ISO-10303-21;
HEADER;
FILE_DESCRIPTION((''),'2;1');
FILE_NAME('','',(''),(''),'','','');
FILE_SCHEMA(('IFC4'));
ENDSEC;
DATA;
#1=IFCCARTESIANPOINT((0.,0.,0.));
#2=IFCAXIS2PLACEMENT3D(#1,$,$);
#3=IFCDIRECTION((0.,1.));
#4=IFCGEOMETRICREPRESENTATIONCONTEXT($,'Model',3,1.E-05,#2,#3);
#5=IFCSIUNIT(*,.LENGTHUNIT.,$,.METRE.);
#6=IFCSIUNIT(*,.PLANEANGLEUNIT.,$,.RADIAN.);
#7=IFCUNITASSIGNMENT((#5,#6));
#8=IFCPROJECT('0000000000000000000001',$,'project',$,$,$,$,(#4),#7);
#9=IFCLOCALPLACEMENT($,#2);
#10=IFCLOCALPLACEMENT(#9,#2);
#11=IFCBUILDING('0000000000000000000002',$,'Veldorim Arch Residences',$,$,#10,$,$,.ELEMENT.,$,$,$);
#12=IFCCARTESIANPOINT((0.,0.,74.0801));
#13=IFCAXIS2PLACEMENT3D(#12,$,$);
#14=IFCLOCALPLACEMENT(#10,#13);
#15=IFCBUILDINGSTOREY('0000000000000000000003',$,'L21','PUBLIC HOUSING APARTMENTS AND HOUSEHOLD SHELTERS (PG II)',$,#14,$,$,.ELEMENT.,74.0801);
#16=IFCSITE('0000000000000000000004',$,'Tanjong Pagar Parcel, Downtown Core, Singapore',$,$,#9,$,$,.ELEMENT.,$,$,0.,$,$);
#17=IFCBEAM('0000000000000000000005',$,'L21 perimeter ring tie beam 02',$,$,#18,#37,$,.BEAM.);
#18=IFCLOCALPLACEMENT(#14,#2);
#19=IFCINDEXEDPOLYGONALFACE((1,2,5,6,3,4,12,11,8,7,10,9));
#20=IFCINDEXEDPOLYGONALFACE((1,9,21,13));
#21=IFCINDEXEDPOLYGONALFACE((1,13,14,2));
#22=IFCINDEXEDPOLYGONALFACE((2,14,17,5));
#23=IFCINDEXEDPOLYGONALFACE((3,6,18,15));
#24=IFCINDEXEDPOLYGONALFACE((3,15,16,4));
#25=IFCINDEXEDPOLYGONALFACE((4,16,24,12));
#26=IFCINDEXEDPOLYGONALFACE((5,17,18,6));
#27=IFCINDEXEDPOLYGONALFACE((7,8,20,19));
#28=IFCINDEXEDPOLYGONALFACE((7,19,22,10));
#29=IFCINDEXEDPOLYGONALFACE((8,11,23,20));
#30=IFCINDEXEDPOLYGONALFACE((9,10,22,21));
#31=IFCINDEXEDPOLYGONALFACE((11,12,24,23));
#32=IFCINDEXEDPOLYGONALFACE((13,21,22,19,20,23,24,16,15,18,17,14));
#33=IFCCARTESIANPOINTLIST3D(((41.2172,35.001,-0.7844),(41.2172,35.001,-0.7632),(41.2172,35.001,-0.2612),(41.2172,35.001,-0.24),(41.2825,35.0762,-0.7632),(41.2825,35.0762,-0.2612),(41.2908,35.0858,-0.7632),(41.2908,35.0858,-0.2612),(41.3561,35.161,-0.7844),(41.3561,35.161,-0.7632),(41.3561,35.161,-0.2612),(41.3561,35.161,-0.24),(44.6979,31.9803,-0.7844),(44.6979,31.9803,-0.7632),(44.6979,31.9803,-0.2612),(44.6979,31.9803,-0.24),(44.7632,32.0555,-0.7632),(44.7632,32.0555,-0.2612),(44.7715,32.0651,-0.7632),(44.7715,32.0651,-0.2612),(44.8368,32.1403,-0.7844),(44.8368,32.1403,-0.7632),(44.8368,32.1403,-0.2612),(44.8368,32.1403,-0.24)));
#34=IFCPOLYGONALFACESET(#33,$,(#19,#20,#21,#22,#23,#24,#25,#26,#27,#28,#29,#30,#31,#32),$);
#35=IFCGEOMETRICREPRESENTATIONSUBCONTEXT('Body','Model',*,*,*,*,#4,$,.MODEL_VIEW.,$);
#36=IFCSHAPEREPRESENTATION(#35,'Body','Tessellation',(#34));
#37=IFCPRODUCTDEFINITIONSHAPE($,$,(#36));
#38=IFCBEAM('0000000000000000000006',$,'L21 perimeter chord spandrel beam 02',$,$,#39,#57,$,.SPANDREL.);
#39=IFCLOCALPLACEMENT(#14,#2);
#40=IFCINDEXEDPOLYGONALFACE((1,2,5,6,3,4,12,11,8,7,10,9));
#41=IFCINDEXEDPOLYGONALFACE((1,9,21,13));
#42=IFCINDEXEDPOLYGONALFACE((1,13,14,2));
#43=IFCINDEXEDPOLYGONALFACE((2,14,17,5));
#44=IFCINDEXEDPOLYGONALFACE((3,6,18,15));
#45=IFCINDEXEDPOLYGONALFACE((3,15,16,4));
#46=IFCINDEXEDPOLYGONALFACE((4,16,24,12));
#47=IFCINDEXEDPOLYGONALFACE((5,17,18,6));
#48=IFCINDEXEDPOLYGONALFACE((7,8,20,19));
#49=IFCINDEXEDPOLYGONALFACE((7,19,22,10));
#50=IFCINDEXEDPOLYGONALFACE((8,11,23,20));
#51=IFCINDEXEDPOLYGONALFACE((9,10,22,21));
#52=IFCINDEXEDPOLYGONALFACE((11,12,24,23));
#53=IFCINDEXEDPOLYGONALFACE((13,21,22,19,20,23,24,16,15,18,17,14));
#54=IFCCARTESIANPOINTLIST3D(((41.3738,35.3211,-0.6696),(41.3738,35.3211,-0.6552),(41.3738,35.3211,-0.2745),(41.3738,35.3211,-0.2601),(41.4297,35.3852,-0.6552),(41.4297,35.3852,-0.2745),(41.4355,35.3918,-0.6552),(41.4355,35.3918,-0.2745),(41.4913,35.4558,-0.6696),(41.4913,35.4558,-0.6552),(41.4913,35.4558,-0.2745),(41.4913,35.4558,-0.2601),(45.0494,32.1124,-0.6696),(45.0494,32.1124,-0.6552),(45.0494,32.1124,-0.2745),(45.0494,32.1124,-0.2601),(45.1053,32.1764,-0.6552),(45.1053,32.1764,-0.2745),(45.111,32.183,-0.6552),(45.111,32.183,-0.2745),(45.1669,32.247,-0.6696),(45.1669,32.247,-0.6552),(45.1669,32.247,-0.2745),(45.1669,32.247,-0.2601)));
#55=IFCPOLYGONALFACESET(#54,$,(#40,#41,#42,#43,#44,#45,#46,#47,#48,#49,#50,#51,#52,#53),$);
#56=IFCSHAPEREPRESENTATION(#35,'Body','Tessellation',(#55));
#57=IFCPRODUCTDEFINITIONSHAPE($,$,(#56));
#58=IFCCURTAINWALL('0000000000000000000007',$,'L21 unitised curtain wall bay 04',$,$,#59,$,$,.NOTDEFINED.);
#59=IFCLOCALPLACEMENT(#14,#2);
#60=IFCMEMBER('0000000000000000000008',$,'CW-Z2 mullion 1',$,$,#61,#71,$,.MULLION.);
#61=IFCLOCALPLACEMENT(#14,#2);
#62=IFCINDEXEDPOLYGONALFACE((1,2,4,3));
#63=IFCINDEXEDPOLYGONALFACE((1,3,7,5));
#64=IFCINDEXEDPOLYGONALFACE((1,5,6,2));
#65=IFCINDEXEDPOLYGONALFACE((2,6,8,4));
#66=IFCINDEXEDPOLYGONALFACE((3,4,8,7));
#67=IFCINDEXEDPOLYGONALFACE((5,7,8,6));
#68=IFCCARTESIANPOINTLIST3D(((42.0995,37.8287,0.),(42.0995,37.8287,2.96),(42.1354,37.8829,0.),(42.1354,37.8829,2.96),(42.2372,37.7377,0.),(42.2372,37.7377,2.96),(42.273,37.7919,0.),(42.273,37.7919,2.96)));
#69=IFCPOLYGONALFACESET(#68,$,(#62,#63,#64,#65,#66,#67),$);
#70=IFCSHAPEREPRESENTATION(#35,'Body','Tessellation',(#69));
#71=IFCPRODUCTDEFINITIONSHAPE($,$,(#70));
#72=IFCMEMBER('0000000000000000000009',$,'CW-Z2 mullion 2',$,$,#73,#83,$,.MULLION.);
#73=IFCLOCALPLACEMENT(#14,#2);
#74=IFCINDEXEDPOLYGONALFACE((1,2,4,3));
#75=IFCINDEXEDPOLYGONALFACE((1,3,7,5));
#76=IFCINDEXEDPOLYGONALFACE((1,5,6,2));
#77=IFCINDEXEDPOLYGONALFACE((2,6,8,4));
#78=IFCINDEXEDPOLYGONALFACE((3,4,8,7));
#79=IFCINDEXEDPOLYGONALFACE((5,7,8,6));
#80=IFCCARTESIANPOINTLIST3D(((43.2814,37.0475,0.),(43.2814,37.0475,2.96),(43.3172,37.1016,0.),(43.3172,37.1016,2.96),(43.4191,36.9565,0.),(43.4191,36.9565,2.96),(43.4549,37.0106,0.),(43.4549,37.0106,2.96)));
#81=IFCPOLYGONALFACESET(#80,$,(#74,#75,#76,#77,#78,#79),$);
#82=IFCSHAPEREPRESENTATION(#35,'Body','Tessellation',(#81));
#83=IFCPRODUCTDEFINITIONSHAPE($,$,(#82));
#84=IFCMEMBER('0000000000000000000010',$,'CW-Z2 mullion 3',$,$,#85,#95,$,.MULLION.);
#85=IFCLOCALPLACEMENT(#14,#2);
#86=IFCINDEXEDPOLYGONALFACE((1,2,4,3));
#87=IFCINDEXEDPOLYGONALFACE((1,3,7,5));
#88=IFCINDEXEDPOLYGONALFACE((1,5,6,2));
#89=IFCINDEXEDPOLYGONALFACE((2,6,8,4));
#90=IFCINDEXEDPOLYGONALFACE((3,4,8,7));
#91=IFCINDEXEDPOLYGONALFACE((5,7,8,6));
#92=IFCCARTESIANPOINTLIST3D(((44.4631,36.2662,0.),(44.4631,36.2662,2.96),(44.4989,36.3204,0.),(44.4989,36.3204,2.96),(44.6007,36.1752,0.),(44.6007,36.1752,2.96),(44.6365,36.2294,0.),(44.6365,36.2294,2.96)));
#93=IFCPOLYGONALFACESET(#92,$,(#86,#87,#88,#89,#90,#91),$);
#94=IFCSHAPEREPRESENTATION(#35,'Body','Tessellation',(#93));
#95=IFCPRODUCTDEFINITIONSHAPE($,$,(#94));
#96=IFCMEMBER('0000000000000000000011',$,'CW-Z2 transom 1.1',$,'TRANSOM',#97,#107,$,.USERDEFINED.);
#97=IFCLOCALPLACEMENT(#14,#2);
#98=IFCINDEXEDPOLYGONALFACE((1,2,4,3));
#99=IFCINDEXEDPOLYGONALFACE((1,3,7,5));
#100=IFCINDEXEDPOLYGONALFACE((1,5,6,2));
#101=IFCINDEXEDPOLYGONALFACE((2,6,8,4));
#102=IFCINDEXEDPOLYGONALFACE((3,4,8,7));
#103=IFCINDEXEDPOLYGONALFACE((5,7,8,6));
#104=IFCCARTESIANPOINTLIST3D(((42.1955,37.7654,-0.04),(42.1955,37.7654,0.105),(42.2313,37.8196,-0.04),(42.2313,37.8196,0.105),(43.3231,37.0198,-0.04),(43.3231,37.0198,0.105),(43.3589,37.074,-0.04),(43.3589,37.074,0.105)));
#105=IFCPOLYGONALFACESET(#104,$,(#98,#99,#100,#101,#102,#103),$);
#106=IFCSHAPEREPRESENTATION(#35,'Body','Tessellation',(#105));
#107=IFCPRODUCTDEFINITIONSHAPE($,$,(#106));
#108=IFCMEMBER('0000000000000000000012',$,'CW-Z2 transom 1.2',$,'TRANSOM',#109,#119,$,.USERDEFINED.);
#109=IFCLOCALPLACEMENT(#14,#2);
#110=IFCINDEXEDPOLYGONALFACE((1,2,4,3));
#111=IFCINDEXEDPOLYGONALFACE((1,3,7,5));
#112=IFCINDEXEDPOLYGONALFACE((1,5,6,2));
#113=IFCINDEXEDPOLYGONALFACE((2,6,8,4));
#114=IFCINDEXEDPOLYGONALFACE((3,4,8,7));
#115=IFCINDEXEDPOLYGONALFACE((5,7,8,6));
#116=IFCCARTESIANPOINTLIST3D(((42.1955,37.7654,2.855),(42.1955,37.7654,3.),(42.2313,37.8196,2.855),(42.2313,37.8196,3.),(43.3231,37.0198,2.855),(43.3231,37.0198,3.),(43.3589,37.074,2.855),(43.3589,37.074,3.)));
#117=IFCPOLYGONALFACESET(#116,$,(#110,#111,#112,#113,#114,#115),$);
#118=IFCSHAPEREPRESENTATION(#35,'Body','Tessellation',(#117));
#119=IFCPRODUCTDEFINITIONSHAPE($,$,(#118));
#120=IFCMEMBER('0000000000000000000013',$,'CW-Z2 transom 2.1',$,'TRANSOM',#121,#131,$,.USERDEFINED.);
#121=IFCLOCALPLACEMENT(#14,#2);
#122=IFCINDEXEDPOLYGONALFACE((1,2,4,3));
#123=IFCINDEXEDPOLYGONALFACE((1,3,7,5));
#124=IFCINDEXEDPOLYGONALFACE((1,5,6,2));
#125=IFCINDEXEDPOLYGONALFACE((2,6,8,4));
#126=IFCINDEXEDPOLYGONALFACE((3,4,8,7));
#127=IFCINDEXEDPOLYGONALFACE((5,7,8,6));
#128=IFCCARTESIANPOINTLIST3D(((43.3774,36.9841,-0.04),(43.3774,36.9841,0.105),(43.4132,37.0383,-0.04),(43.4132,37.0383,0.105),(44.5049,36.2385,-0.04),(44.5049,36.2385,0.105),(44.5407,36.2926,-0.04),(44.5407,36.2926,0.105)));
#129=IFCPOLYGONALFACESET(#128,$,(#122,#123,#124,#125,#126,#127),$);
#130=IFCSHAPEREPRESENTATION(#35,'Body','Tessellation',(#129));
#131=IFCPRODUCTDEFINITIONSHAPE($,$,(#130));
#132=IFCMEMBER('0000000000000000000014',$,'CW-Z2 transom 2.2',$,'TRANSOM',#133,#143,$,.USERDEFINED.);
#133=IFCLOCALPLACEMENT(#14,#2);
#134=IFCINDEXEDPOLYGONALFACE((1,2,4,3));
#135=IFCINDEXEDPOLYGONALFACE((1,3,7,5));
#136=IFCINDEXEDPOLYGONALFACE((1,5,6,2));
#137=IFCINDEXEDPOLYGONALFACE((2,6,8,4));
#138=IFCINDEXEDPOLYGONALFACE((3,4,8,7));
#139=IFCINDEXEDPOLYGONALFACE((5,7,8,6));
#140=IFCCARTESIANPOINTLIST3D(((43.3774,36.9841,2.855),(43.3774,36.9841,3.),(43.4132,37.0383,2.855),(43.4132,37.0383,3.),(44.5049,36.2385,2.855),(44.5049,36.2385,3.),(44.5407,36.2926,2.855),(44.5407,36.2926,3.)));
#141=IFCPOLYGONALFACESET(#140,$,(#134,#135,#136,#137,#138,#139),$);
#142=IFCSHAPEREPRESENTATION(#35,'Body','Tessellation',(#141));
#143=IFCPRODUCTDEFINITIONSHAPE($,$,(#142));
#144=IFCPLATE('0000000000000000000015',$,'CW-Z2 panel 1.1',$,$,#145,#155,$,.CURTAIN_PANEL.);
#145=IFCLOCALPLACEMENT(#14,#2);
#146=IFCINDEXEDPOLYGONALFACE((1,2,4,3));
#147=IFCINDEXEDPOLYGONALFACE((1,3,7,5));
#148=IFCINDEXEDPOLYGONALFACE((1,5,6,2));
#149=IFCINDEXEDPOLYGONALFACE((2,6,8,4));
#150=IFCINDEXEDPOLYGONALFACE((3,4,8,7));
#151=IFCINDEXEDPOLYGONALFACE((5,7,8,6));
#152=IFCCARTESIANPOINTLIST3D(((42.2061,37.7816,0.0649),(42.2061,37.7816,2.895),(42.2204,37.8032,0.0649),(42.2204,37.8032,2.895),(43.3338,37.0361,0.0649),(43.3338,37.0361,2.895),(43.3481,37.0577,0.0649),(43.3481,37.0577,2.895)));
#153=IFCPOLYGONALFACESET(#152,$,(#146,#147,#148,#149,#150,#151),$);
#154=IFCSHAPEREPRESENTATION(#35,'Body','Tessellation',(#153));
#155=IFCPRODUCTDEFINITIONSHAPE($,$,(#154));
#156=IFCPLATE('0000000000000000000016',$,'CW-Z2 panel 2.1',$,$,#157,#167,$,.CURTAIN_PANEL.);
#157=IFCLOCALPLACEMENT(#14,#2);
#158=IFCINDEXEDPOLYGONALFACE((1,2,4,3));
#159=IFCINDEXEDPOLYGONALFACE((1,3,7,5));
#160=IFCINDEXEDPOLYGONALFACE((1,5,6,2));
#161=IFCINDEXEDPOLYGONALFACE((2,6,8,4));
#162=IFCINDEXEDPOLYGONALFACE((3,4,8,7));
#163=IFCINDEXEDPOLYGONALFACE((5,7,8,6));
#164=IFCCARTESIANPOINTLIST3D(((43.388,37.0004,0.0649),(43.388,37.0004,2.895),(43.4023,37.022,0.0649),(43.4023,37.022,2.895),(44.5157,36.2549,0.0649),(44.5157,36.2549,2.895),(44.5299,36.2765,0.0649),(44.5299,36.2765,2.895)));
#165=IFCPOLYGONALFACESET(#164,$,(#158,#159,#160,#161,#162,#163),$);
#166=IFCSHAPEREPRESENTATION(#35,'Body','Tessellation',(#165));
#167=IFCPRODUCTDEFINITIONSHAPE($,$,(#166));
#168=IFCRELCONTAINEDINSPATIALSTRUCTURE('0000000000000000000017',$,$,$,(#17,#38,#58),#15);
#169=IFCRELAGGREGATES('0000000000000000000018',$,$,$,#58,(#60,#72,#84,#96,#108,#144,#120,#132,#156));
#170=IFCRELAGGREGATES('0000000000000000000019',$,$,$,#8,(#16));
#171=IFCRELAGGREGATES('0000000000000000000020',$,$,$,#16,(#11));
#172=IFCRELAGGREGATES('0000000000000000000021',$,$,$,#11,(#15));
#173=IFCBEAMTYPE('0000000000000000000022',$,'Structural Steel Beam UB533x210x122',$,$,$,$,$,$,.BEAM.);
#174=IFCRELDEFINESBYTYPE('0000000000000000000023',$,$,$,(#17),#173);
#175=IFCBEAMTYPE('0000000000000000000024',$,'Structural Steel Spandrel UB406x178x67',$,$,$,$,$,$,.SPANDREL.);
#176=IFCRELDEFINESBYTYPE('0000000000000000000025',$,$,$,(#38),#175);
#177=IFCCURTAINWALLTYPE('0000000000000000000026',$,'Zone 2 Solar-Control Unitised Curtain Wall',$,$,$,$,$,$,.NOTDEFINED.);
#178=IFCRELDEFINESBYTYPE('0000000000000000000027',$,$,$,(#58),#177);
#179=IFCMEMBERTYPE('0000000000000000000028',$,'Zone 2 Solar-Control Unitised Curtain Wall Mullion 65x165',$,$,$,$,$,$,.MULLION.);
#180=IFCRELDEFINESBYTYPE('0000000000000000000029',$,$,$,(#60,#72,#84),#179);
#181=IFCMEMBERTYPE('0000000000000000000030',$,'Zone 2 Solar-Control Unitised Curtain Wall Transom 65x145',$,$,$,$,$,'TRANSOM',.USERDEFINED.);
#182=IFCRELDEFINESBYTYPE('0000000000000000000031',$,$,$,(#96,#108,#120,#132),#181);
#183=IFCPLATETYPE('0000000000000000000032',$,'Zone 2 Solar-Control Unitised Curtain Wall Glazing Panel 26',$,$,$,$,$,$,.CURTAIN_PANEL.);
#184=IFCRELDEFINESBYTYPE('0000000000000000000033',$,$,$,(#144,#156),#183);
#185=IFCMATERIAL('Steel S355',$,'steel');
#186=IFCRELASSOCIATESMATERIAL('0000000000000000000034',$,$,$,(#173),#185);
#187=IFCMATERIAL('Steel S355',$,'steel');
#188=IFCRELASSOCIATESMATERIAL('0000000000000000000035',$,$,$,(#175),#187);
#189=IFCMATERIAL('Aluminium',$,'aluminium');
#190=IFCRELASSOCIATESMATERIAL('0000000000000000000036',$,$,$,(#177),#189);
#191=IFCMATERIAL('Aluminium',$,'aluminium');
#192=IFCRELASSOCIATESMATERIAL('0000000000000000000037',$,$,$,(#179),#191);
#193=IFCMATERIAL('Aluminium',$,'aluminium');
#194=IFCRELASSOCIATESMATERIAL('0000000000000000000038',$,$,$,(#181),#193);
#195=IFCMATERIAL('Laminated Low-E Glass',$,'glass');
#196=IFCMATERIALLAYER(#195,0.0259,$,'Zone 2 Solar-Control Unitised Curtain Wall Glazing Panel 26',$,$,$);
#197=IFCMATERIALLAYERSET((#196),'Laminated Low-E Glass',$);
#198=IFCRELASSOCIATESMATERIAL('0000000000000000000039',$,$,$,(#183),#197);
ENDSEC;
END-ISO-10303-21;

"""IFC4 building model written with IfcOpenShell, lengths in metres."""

from ifc_helpers import new_model, si_unit, direction, frame, origin, origin_2d, place, context, subcontext, project, spatial, rectangle, i_section, extrude, material, layer, layer_set, material_profile, profile_set, type_object, element, aggregate, save


model = new_model("IFC4")

# Units and contexts
model_context = context("Model", 3, precision=1e-05, world=origin(), true_north=direction((0.0, 1.0)))
body_context = subcontext(model_context, "Body", "Model", "MODEL_VIEW")
ifc_project = project(units=[si_unit("LENGTHUNIT", "METRE"), si_unit("PLANEANGLEUNIT", "RADIAN")], contexts=[model_context])

# Site, building, storey
site_placement = place(None, origin())
site = spatial("IfcSite", under=ifc_project, at=site_placement, Name="Tanjong Pagar Parcel, Downtown Core, Singapore", CompositionType="ELEMENT", RefElevation=0.0)
building_placement = place(site_placement, origin())
building = spatial("IfcBuilding", under=site, at=building_placement, Name="Veldorim Arch Residences", CompositionType="ELEMENT")
storey_placement = place(building_placement, frame((0.0, 0.0, 74.0801)))
storey = spatial("IfcBuildingStorey", under=building, at=storey_placement, Name="L21", Description="PUBLIC HOUSING APARTMENTS AND HOUSEHOLD SHELTERS (PG II)", CompositionType="ELEMENT", Elevation=74.0801)

# Beams
ifc_material_1 = material(Name="Steel S355", Category="steel")
ifc_material_profile_1 = material_profile(ifc_material_1, i_section(OverallWidth=0.2119, OverallDepth=0.5444, WebThickness=0.0127, FlangeThickness=0.0212, at=origin_2d()), Name="UB533x210x122")
ifc_profile_set_1 = profile_set([ifc_material_profile_1], Name="Steel S355")
beam_type_1 = type_object("IfcBeamType", Name="Structural Steel Beam UB533x210x122", PredefinedType="BEAM", material=ifc_profile_set_1)
beam_1_placement = place(storey_placement, frame((44.7673, 32.0603, -0.5122), z_axis=(-0.755245, 0.655443, 0.0), x_axis=(-0.655443, -0.755245, 0.0)))
element("IfcBeam", 1, at=beam_1_placement, inside=storey, type_object=beam_type_1, Name="L21 perimeter ring tie beam 02", PredefinedType="BEAM", context=body_context, shape_type="SweptSolid", body=[
    extrude(i_section(OverallWidth=0.2119, OverallDepth=0.5444, WebThickness=0.0127, FlangeThickness=0.0212, at=origin_2d()), origin(), (0.0, 0.0, 1.0), 4.6086),
])
ifc_material_2 = material(Name="Steel S355", Category="steel")
ifc_material_profile_2 = material_profile(ifc_material_2, i_section(OverallWidth=0.1787, OverallDepth=0.4094, WebThickness=0.0088, FlangeThickness=0.0144, at=origin_2d()), Name="UB406x178x67")
ifc_profile_set_2 = profile_set([ifc_material_profile_2], Name="Steel S355")
beam_type_2 = type_object("IfcBeamType", Name="Structural Steel Spandrel UB406x178x67", PredefinedType="SPANDREL", material=ifc_profile_set_2)
beam_2_placement = place(storey_placement, frame((45.1082, 32.1797, -0.4648), z_axis=(-0.753323, 0.65765, 0.0), x_axis=(-0.65765, -0.753323, 0.0)))
element("IfcBeam", 2, at=beam_2_placement, inside=storey, type_object=beam_type_2, Name="L21 perimeter chord spandrel beam 02", PredefinedType="SPANDREL", context=body_context, shape_type="SweptSolid", body=[
    extrude(i_section(OverallWidth=0.1787, OverallDepth=0.4094, WebThickness=0.0088, FlangeThickness=0.0144, at=origin_2d()), origin(), (0.0, 0.0, 1.0), 4.8792),
])

# Curtain wall, members, plates
ifc_material_3 = material(Name="Aluminium", Category="aluminium")
curtain_wall_type = type_object("IfcCurtainWallType", Name="Zone 2 Solar-Control Unitised Curtain Wall", PredefinedType="NOTDEFINED", material=ifc_material_3)
curtain_wall_placement = place(storey_placement, origin())
curtain_wall = element("IfcCurtainWall", 3, at=curtain_wall_placement, inside=storey, type_object=curtain_wall_type, Name="L21 unitised curtain wall bay 04", PredefinedType="NOTDEFINED")
ifc_material_4 = material(Name="Aluminium", Category="aluminium")
ifc_material_profile_3 = material_profile(ifc_material_4, rectangle(XDim=0.0649, YDim=0.165, at=origin_2d()), Name="ALU_MUL_65x165")
ifc_profile_set_3 = profile_set([ifc_material_profile_3], Name="Aluminium")
member_type_1 = type_object("IfcMemberType", Name="Zone 2 Solar-Control Unitised Curtain Wall Mullion 65x165", PredefinedType="MULLION", material=ifc_profile_set_3)
member_1_placement = place(storey_placement, frame((42.1863, 37.8103, 0.0), z_axis=(0.0, 0.0, 1.0), x_axis=(0.551503, 0.834173, 0.0)))
member_1 = element("IfcMember", 4, at=member_1_placement, type_object=member_type_1, Name="CW-Z2 mullion 1", PredefinedType="MULLION", context=body_context, shape_type="SweptSolid", body=[
    extrude(rectangle(XDim=0.0649, YDim=0.165, at=origin_2d()), origin(), (0.0, 0.0, 1.0), 2.96),
])
member_2_placement = place(storey_placement, frame((43.3682, 37.0291, 0.0), z_axis=(0.0, 0.0, 1.0), x_axis=(0.551503, 0.834173, 0.0)))
member_2 = element("IfcMember", 5, at=member_2_placement, type_object=member_type_1, Name="CW-Z2 mullion 2", PredefinedType="MULLION", context=body_context, shape_type="SweptSolid", body=[
    extrude(rectangle(XDim=0.0649, YDim=0.165, at=origin_2d()), origin(), (0.0, 0.0, 1.0), 2.96),
])
member_3_placement = place(storey_placement, frame((44.5498, 36.2478, 0.0), z_axis=(0.0, 0.0, 1.0), x_axis=(0.551503, 0.834173, 0.0)))
member_3 = element("IfcMember", 6, at=member_3_placement, type_object=member_type_1, Name="CW-Z2 mullion 3", PredefinedType="MULLION", context=body_context, shape_type="SweptSolid", body=[
    extrude(rectangle(XDim=0.0649, YDim=0.165, at=origin_2d()), origin(), (0.0, 0.0, 1.0), 2.96),
])
ifc_material_5 = material(Name="Aluminium", Category="aluminium")
ifc_material_profile_4 = material_profile(ifc_material_5, rectangle(XDim=0.0649, YDim=0.145, at=origin_2d()), Name="ALU_TRN_65x145")
ifc_profile_set_4 = profile_set([ifc_material_profile_4], Name="Aluminium")
member_type_2 = type_object("IfcMemberType", Name="Zone 2 Solar-Control Unitised Curtain Wall Transom 65x145", ElementType="TRANSOM", PredefinedType="USERDEFINED", material=ifc_profile_set_4)
member_4_placement = place(storey_placement, frame((42.2134, 37.7925, 0.0325), z_axis=(0.834156, -0.551529, 0.0), x_axis=(0.551529, 0.834156, 0.0)))
member_4 = element("IfcMember", 7, at=member_4_placement, type_object=member_type_2, Name="CW-Z2 transom 1.1", ObjectType="TRANSOM", PredefinedType="USERDEFINED", context=body_context, shape_type="SweptSolid", body=[
    extrude(rectangle(XDim=0.0649, YDim=0.145, at=origin_2d()), origin(), (0.0, 0.0, 1.0), 1.3518),
])
member_5_placement = place(storey_placement, frame((42.2134, 37.7925, 2.9275), z_axis=(0.834156, -0.551529, 0.0), x_axis=(0.551529, 0.834156, 0.0)))
member_5 = element("IfcMember", 8, at=member_5_placement, type_object=member_type_2, Name="CW-Z2 transom 1.2", ObjectType="TRANSOM", PredefinedType="USERDEFINED", context=body_context, shape_type="SweptSolid", body=[
    extrude(rectangle(XDim=0.0649, YDim=0.145, at=origin_2d()), origin(), (0.0, 0.0, 1.0), 1.3518),
])
member_6_placement = place(storey_placement, frame((43.3953, 37.0112, 0.0325), z_axis=(0.834101, -0.551612, 0.0), x_axis=(0.551612, 0.834101, 0.0)))
member_6 = element("IfcMember", 9, at=member_6_placement, type_object=member_type_2, Name="CW-Z2 transom 2.1", ObjectType="TRANSOM", PredefinedType="USERDEFINED", context=body_context, shape_type="SweptSolid", body=[
    extrude(rectangle(XDim=0.0649, YDim=0.145, at=origin_2d()), origin(), (0.0, 0.0, 1.0), 1.3518),
])
member_7_placement = place(storey_placement, frame((43.3953, 37.0112, 2.9275), z_axis=(0.834101, -0.551612, 0.0), x_axis=(0.551612, 0.834101, 0.0)))
member_7 = element("IfcMember", 10, at=member_7_placement, type_object=member_type_2, Name="CW-Z2 transom 2.2", ObjectType="TRANSOM", PredefinedType="USERDEFINED", context=body_context, shape_type="SweptSolid", body=[
    extrude(rectangle(XDim=0.0649, YDim=0.145, at=origin_2d()), origin(), (0.0, 0.0, 1.0), 1.3518),
])
ifc_material_6 = material(Name="Laminated Low-E Glass", Category="glass")
ifc_layer_1 = layer(ifc_material_6, 0.0259, Name="Zone 2 Solar-Control Unitised Curtain Wall Glazing Panel 26")
ifc_layer_set_1 = layer_set([ifc_layer_1], Name="Laminated Low-E Glass")
plate_type = type_object("IfcPlateType", Name="Zone 2 Solar-Control Unitised Curtain Wall Glazing Panel 26", PredefinedType="CURTAIN_PANEL", material=ifc_layer_set_1)
plate_1_placement = place(storey_placement, frame((42.7771, 37.4197, 0.0649), z_axis=(0.0, 0.0, 1.0), x_axis=(0.834173, -0.551503, 0.0)))
plate_1 = element("IfcPlate", 11, at=plate_1_placement, type_object=plate_type, Name="CW-Z2 panel 1.1", PredefinedType="CURTAIN_PANEL", context=body_context, shape_type="SweptSolid", body=[
    extrude(rectangle(XDim=1.3518, YDim=0.0259, at=origin_2d()), origin(), (0.0, 0.0, 1.0), 2.8301),
])
plate_2_placement = place(storey_placement, frame((43.959, 36.6384, 0.0649), z_axis=(0.0, 0.0, 1.0), x_axis=(0.834173, -0.551503, 0.0)))
plate_2 = element("IfcPlate", 12, at=plate_2_placement, type_object=plate_type, Name="CW-Z2 panel 2.1", PredefinedType="CURTAIN_PANEL", context=body_context, shape_type="SweptSolid", body=[
    extrude(rectangle(XDim=1.3518, YDim=0.0259, at=origin_2d()), origin(), (0.0, 0.0, 1.0), 2.8301),
])
aggregate(curtain_wall, [member_1, member_2, member_3, member_4, member_5, plate_1, member_6, member_7, plate_2])

save(model, "model.ifc")
